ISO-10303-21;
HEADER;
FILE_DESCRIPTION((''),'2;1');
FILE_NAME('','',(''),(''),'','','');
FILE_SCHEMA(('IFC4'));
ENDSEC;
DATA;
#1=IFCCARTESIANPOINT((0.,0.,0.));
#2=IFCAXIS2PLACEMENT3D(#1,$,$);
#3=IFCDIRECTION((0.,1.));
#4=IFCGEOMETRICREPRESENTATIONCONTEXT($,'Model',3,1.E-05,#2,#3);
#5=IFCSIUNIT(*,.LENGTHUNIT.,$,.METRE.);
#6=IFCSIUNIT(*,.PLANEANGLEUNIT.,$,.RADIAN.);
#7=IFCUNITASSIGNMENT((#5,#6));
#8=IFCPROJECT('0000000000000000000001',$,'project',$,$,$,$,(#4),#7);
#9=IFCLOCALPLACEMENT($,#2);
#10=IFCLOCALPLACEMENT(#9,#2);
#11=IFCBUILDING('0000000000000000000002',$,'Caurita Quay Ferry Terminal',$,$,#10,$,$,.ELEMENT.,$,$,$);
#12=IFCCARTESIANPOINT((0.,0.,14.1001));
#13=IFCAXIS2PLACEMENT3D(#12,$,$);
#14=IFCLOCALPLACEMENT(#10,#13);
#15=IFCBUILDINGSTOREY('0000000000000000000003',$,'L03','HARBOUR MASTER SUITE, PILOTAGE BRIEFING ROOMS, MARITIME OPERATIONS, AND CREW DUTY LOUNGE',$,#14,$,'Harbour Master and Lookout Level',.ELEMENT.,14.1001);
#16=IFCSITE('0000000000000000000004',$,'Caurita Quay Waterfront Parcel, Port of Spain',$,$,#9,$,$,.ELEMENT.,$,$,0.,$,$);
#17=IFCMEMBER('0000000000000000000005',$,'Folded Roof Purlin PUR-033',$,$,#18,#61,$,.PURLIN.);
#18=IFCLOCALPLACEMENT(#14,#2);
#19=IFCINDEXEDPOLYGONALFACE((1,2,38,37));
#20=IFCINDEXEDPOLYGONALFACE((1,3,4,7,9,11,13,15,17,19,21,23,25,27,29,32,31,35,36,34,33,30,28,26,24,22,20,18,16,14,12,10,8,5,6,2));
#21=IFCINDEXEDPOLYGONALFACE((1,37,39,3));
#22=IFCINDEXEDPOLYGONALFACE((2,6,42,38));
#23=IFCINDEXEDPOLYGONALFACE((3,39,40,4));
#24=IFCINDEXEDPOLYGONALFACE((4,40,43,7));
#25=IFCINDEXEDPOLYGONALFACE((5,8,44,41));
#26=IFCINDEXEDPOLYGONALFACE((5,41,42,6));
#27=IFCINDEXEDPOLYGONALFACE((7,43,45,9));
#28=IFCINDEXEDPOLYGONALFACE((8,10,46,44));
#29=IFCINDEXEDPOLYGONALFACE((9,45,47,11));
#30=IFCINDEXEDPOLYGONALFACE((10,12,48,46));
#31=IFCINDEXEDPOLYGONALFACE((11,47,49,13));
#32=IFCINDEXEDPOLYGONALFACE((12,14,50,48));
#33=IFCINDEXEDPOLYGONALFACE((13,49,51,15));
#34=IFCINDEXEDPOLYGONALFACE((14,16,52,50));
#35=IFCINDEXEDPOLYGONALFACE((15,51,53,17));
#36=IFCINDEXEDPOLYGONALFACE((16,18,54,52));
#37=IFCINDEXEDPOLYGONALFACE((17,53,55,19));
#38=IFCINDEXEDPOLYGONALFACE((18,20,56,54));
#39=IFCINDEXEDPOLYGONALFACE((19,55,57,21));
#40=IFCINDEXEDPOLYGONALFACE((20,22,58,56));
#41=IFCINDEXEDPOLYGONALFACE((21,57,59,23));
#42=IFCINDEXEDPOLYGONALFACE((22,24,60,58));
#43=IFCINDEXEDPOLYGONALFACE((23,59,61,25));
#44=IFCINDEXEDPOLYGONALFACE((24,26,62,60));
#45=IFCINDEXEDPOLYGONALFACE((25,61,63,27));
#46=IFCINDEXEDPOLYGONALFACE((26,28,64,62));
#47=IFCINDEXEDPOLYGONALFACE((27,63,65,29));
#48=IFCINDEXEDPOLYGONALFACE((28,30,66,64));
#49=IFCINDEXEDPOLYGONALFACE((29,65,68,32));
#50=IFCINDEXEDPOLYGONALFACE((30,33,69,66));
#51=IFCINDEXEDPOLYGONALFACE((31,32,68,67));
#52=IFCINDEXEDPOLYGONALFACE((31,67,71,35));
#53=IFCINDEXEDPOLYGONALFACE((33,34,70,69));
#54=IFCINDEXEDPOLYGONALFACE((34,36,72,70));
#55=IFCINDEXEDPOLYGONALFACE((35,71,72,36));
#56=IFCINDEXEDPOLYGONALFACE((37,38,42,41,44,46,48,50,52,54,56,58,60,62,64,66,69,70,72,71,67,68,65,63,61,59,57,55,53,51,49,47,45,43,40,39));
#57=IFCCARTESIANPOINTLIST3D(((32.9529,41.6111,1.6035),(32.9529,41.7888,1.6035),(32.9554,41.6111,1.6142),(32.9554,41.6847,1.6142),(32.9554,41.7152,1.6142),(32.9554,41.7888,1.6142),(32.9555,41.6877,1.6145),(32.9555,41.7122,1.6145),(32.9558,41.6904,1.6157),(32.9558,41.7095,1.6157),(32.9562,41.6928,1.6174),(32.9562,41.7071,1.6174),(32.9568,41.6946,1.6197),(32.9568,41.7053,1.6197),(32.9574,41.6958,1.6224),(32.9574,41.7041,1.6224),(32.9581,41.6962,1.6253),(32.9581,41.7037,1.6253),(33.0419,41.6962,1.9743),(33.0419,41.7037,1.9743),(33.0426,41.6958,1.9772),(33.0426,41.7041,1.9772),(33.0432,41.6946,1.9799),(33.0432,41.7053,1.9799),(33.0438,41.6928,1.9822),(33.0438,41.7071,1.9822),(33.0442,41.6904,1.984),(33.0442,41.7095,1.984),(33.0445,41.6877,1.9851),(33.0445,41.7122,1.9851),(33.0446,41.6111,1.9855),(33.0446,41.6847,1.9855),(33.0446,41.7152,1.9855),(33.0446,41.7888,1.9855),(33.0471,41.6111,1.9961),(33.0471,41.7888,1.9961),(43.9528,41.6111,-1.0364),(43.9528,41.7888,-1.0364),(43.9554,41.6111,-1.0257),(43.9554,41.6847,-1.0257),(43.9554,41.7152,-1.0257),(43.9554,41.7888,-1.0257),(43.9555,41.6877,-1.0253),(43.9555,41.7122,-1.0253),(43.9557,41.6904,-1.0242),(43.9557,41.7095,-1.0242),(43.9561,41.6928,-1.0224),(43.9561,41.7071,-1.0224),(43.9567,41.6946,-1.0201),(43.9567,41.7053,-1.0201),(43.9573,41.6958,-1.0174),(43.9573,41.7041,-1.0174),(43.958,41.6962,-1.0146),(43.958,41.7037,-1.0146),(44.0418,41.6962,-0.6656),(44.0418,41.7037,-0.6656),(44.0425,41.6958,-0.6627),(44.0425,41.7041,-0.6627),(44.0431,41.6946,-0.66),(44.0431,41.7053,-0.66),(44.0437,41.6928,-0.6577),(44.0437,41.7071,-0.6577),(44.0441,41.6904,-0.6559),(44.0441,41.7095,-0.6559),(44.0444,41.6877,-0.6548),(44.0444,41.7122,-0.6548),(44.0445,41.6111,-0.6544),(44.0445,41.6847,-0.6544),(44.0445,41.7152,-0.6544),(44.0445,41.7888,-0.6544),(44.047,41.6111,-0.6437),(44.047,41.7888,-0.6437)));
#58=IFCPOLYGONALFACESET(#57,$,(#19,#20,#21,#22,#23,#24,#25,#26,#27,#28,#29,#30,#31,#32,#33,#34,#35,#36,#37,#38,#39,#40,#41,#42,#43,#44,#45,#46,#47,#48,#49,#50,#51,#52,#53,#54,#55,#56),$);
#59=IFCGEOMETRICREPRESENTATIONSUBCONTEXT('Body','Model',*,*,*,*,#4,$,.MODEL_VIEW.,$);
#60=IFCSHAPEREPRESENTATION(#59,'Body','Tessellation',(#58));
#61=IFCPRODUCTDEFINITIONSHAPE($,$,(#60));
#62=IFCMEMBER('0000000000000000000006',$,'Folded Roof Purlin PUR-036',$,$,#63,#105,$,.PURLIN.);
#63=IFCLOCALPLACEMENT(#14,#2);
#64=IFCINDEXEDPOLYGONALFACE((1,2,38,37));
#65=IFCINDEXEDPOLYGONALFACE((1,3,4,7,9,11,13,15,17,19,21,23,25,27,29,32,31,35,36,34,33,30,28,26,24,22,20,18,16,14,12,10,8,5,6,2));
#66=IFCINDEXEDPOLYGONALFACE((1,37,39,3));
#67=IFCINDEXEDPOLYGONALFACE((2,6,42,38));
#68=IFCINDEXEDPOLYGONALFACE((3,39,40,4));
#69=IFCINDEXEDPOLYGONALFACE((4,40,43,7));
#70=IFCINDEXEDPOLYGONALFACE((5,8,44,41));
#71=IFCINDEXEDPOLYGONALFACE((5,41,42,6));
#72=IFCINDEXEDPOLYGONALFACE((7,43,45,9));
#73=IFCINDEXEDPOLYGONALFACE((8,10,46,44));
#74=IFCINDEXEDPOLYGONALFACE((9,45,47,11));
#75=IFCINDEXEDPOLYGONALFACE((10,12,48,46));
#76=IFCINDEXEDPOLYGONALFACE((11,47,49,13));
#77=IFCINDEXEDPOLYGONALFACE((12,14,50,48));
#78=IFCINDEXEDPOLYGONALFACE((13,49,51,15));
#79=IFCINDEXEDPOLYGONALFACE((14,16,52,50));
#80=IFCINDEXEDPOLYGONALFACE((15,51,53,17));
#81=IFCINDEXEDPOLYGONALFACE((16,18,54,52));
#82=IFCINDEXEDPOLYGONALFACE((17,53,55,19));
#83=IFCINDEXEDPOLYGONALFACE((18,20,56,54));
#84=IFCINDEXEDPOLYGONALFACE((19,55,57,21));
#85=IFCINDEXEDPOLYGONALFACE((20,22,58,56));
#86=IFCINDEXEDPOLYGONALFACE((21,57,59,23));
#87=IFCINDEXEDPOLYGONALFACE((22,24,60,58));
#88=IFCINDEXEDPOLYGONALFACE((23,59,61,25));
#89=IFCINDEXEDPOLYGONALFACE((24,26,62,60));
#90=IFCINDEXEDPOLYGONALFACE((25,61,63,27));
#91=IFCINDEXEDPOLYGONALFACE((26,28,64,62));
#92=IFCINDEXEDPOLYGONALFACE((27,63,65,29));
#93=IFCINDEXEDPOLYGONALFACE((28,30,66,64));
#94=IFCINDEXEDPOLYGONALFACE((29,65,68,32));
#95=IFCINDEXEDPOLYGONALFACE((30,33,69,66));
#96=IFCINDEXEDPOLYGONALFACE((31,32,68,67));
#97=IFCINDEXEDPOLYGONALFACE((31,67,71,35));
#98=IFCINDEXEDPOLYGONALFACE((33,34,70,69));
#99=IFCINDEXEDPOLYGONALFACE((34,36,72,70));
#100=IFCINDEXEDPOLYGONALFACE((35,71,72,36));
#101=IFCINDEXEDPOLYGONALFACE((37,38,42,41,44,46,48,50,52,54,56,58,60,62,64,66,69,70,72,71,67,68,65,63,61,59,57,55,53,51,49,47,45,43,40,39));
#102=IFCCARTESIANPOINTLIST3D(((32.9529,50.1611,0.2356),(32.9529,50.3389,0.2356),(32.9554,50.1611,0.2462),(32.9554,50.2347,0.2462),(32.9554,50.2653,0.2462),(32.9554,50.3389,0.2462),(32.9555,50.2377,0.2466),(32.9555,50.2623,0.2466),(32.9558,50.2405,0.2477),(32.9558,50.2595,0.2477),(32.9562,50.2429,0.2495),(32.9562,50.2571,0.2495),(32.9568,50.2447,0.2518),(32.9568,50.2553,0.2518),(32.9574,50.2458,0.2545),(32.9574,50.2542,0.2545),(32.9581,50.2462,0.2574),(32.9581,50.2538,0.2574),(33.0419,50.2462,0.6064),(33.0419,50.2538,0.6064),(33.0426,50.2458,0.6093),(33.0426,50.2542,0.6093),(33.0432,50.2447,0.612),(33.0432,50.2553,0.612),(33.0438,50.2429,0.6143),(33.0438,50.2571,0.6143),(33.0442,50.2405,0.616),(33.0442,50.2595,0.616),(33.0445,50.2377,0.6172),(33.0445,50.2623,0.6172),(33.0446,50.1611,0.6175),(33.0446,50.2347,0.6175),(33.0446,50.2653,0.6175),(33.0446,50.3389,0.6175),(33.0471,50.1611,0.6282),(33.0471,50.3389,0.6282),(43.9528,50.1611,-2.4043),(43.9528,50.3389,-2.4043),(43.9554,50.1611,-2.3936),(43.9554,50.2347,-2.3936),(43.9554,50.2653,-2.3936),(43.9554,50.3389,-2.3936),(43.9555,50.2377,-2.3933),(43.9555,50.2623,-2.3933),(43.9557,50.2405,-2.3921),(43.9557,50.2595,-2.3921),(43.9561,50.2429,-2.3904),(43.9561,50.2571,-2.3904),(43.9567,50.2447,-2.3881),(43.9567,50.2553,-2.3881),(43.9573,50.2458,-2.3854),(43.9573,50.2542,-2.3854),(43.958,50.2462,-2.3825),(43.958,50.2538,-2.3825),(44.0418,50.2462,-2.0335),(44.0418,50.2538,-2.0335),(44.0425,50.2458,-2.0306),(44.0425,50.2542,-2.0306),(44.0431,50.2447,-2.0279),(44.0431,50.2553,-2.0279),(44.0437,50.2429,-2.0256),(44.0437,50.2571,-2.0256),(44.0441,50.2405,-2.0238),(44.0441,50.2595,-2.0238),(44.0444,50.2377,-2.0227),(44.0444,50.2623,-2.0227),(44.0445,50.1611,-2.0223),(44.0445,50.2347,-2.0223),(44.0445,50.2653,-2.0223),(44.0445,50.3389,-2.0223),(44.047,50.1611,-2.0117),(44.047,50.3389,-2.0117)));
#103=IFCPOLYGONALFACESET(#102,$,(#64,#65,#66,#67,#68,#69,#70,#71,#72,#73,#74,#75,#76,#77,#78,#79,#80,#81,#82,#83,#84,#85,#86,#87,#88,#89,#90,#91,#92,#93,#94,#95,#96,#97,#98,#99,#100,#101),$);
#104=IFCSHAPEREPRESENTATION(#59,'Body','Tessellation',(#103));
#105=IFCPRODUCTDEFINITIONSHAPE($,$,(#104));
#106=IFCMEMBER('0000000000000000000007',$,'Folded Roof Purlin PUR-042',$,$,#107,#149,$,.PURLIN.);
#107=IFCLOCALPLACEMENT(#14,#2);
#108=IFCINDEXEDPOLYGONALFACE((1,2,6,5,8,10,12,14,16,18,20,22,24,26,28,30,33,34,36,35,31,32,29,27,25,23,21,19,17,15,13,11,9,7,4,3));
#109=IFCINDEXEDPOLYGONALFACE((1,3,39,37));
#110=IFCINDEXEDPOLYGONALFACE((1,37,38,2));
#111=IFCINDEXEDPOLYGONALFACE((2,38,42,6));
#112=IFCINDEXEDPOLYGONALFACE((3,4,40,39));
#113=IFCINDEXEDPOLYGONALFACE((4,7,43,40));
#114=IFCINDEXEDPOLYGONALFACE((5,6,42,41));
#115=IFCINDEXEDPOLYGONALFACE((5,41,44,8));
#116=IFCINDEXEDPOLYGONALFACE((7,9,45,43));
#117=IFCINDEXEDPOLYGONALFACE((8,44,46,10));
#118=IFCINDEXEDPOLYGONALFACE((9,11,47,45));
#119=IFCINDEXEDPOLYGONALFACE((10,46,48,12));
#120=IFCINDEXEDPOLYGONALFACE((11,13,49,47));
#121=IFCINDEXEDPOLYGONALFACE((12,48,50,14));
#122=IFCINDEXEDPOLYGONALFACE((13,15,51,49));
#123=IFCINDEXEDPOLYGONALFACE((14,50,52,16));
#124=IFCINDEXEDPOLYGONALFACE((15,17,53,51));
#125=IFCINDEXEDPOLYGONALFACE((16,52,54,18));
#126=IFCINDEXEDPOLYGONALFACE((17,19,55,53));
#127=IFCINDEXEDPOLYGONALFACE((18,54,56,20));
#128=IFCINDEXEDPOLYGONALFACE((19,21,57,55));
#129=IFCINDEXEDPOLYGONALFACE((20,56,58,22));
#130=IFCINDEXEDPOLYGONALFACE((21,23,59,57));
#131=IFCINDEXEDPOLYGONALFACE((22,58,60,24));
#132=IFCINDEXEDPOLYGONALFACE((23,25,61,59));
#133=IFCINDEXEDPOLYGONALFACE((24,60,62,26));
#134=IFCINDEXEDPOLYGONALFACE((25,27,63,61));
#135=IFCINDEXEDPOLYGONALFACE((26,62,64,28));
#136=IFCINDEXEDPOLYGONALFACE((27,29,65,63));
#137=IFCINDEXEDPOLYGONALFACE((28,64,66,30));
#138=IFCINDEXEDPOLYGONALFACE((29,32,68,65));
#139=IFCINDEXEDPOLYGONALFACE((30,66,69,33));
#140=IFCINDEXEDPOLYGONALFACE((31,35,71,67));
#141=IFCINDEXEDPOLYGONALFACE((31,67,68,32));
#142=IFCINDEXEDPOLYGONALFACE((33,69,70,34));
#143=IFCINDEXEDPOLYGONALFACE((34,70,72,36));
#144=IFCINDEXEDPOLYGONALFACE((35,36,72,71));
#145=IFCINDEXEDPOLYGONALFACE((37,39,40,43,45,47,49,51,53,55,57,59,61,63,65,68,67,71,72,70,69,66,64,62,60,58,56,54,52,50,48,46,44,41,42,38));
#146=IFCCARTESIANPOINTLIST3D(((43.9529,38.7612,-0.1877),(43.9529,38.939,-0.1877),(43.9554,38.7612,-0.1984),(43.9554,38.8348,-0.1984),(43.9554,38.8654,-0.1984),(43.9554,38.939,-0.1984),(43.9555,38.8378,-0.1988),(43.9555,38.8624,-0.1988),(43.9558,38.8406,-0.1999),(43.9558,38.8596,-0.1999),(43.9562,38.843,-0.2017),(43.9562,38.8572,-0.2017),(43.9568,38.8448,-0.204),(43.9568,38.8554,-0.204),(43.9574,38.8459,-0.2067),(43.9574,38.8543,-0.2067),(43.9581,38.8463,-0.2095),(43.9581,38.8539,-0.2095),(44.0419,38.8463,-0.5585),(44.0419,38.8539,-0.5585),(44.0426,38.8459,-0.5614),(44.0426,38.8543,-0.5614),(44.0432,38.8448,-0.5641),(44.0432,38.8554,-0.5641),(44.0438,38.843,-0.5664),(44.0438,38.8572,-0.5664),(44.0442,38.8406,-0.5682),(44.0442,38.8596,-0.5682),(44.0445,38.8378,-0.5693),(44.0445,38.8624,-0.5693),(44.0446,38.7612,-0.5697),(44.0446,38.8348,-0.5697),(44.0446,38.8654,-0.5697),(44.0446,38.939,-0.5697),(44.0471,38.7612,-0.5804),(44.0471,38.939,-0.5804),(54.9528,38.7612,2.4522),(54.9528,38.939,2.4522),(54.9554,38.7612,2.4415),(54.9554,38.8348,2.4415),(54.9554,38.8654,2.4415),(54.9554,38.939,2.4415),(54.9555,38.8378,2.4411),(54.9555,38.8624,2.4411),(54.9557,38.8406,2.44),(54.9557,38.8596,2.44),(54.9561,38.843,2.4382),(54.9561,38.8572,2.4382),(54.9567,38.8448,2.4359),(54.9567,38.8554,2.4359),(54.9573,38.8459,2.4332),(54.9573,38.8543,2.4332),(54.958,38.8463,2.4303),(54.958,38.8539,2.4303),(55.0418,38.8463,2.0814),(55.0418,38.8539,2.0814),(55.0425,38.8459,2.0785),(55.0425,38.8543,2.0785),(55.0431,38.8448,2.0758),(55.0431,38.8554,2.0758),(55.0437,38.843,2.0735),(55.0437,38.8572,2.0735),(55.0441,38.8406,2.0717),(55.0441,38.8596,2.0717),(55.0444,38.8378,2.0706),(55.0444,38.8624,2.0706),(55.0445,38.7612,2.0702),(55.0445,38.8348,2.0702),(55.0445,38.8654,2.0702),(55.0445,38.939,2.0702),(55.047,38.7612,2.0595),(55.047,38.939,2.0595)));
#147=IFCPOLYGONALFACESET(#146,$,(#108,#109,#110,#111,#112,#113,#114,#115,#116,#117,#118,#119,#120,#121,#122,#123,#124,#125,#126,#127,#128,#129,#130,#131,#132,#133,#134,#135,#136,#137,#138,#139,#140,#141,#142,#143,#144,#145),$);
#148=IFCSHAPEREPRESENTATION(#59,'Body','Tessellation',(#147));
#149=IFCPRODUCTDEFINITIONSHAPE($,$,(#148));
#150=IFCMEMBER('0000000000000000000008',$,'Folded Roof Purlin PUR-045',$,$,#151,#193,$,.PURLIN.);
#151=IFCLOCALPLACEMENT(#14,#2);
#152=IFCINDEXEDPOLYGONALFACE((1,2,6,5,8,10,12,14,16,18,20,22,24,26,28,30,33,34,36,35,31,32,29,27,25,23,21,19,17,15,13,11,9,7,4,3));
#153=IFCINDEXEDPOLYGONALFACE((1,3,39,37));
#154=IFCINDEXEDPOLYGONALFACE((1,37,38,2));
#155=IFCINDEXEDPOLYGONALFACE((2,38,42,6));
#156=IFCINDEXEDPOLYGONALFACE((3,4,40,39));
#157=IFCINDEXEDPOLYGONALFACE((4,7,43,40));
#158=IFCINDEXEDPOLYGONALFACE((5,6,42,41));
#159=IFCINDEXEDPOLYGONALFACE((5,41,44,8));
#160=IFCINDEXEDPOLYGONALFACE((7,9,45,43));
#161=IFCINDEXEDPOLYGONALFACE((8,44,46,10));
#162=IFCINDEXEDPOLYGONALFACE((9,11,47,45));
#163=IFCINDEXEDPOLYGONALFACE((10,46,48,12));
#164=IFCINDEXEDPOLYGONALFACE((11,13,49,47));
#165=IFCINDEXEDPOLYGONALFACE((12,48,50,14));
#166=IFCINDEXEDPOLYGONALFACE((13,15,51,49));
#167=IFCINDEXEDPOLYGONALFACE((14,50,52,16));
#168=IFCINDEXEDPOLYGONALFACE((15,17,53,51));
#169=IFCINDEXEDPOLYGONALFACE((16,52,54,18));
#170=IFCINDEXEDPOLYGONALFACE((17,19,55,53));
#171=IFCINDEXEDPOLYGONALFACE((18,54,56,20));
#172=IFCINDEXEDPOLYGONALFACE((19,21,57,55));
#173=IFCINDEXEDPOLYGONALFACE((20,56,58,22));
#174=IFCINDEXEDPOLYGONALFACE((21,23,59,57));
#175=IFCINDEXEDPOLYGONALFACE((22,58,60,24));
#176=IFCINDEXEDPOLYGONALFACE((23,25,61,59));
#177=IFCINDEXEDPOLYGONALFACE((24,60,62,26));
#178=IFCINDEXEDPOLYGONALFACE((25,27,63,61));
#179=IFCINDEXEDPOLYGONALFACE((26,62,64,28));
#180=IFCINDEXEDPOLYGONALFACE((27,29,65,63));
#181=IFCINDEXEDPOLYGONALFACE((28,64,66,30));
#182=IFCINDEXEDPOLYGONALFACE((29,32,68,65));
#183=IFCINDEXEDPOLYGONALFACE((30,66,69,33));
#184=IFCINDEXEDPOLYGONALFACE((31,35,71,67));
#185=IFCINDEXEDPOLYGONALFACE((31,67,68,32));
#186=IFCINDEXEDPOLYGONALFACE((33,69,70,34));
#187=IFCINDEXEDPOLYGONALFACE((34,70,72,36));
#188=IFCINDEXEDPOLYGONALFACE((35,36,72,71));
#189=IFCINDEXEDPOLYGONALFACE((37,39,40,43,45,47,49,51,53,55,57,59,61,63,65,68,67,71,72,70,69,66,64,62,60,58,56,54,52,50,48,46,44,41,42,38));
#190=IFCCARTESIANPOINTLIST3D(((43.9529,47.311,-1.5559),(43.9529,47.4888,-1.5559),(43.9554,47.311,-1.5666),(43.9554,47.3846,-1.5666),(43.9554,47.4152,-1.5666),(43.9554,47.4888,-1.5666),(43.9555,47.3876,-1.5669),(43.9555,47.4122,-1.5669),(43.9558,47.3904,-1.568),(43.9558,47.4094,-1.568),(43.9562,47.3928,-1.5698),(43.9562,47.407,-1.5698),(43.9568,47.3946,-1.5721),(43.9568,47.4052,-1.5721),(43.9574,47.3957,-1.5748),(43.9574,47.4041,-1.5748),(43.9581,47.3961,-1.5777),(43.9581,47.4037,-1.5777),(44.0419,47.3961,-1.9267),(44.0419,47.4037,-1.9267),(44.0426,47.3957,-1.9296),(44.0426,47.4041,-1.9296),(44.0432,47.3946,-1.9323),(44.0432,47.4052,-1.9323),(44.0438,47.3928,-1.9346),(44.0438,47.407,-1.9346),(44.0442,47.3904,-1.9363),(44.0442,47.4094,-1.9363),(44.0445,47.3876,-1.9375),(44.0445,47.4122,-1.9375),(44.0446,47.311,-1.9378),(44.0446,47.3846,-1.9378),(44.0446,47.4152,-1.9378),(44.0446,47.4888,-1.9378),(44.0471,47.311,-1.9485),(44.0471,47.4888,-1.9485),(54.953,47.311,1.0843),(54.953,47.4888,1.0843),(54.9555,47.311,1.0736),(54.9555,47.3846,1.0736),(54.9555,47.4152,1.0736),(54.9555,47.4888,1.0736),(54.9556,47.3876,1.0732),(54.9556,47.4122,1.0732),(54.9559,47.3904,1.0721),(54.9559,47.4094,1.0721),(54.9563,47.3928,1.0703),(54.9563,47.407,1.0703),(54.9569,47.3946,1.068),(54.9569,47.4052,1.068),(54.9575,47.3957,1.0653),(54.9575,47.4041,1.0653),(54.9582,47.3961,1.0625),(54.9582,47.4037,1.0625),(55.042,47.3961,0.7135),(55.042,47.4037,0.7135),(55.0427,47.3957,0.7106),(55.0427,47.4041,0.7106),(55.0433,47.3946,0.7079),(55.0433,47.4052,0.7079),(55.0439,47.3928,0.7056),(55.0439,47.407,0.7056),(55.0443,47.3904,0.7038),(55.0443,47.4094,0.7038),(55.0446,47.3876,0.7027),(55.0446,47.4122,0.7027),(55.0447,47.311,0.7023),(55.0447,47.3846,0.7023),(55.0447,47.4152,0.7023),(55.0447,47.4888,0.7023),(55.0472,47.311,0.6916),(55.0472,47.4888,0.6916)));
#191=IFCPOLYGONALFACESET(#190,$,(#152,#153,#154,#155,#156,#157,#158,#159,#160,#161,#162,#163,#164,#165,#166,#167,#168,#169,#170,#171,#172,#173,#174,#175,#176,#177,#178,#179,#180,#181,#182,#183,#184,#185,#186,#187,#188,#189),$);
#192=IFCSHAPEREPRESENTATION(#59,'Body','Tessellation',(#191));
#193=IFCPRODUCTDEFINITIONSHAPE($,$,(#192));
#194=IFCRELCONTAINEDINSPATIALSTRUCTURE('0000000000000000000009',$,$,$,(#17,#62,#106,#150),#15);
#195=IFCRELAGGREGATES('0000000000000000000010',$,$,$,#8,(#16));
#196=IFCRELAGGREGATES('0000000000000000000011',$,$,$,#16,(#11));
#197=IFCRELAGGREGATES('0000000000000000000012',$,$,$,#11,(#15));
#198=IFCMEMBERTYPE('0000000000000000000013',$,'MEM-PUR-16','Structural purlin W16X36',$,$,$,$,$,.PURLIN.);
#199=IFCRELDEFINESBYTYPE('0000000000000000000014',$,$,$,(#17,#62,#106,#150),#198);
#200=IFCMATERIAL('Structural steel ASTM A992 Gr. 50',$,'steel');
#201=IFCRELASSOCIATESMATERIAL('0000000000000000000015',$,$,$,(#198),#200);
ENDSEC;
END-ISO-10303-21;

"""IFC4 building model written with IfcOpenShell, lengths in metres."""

from ifc_helpers import new_model, si_unit, direction, frame, origin, origin_2d, place, context, subcontext, project, spatial, i_section, extrude, material, material_profile, profile_set, type_object, element, save


model = new_model("IFC4")

# Units and contexts
model_context = context("Model", 3, precision=1e-05, world=origin(), true_north=direction((0.0, 1.0)))
body_context = subcontext(model_context, "Body", "Model", "MODEL_VIEW")
ifc_project = project(units=[si_unit("LENGTHUNIT", "METRE"), si_unit("PLANEANGLEUNIT", "RADIAN")], contexts=[model_context])

# Site, building, storey
site_placement = place(None, origin())
site = spatial("IfcSite", under=ifc_project, at=site_placement, Name="Caurita Quay Waterfront Parcel, Port of Spain", CompositionType="ELEMENT", RefElevation=0.0)
building_placement = place(site_placement, origin())
building = spatial("IfcBuilding", under=site, at=building_placement, Name="Caurita Quay Ferry Terminal", CompositionType="ELEMENT")
storey_placement = place(building_placement, frame((0.0, 0.0, 14.1001)))
storey = spatial("IfcBuildingStorey", under=building, at=storey_placement, Name="L03", Description="HARBOUR MASTER SUITE, PILOTAGE BRIEFING ROOMS, MARITIME OPERATIONS, AND CREW DUTY LOUNGE", LongName="Harbour Master and Lookout Level", CompositionType="ELEMENT", Elevation=14.1001)

# Shared definitions
ifc_material_1 = material(Name="Structural steel ASTM A992 Gr. 50", Category="steel")

# Members
ifc_material_profile_1 = material_profile(ifc_material_1, i_section(OverallWidth=0.1777, OverallDepth=0.4038, WebThickness=0.0076, FlangeThickness=0.011, FilletRadius=0.0115, at=origin_2d()), Name="W16X36")
ifc_profile_set_1 = profile_set([ifc_material_profile_1], Name="Structural steel ASTM A992 Gr. 50")
member_type_1 = type_object("IfcMemberType", Name="MEM-PUR-16", Description="Structural purlin W16X36", PredefinedType="PURLIN", material=ifc_profile_set_1)
for number, where, z_axis, x_axis, name in (
    (1, (33.0, 41.7, 1.7998), (0.972389, 0.0, -0.233364), (0.0, 1.0, 0.0), "Folded Roof Purlin PUR-033"),
    (2, (33.0, 50.25, 0.4319), (0.972389, 0.0, -0.233364), (0.0, 1.0, 0.0), "Folded Roof Purlin PUR-036"),
    (3, (44.0, 38.8501, -0.384), (0.972389, 0.0, 0.233364), (0.0, 1.0, 0.0), "Folded Roof Purlin PUR-042"),
):
    element("IfcMember", number, at=place(storey_placement, frame(where, z_axis=z_axis, x_axis=x_axis)), inside=storey, type_object=member_type_1, Name=name, PredefinedType="PURLIN", context=body_context, shape_type="SweptSolid", body=[
        extrude(i_section(OverallWidth=0.1777, OverallDepth=0.4038, WebThickness=0.0076, FlangeThickness=0.011, FilletRadius=0.0115, at=origin_2d()), origin(), (0.0, 0.0, 1.0), 11.3123),
    ])
member_1_placement = place(storey_placement, frame((44.0, 47.3999, -1.7522), z_axis=(0.972385, 0.0, 0.233384), x_axis=(0.0, 1.0, 0.0)))
element("IfcMember", 4, at=member_1_placement, inside=storey, type_object=member_type_1, Name="Folded Roof Purlin PUR-045", PredefinedType="PURLIN", context=body_context, shape_type="SweptSolid", body=[
    extrude(i_section(OverallWidth=0.1777, OverallDepth=0.4038, WebThickness=0.0076, FlangeThickness=0.011, FilletRadius=0.0115, at=origin_2d()), origin(), (0.0, 0.0, 1.0), 11.3125),
])

save(model, "model.ifc")
